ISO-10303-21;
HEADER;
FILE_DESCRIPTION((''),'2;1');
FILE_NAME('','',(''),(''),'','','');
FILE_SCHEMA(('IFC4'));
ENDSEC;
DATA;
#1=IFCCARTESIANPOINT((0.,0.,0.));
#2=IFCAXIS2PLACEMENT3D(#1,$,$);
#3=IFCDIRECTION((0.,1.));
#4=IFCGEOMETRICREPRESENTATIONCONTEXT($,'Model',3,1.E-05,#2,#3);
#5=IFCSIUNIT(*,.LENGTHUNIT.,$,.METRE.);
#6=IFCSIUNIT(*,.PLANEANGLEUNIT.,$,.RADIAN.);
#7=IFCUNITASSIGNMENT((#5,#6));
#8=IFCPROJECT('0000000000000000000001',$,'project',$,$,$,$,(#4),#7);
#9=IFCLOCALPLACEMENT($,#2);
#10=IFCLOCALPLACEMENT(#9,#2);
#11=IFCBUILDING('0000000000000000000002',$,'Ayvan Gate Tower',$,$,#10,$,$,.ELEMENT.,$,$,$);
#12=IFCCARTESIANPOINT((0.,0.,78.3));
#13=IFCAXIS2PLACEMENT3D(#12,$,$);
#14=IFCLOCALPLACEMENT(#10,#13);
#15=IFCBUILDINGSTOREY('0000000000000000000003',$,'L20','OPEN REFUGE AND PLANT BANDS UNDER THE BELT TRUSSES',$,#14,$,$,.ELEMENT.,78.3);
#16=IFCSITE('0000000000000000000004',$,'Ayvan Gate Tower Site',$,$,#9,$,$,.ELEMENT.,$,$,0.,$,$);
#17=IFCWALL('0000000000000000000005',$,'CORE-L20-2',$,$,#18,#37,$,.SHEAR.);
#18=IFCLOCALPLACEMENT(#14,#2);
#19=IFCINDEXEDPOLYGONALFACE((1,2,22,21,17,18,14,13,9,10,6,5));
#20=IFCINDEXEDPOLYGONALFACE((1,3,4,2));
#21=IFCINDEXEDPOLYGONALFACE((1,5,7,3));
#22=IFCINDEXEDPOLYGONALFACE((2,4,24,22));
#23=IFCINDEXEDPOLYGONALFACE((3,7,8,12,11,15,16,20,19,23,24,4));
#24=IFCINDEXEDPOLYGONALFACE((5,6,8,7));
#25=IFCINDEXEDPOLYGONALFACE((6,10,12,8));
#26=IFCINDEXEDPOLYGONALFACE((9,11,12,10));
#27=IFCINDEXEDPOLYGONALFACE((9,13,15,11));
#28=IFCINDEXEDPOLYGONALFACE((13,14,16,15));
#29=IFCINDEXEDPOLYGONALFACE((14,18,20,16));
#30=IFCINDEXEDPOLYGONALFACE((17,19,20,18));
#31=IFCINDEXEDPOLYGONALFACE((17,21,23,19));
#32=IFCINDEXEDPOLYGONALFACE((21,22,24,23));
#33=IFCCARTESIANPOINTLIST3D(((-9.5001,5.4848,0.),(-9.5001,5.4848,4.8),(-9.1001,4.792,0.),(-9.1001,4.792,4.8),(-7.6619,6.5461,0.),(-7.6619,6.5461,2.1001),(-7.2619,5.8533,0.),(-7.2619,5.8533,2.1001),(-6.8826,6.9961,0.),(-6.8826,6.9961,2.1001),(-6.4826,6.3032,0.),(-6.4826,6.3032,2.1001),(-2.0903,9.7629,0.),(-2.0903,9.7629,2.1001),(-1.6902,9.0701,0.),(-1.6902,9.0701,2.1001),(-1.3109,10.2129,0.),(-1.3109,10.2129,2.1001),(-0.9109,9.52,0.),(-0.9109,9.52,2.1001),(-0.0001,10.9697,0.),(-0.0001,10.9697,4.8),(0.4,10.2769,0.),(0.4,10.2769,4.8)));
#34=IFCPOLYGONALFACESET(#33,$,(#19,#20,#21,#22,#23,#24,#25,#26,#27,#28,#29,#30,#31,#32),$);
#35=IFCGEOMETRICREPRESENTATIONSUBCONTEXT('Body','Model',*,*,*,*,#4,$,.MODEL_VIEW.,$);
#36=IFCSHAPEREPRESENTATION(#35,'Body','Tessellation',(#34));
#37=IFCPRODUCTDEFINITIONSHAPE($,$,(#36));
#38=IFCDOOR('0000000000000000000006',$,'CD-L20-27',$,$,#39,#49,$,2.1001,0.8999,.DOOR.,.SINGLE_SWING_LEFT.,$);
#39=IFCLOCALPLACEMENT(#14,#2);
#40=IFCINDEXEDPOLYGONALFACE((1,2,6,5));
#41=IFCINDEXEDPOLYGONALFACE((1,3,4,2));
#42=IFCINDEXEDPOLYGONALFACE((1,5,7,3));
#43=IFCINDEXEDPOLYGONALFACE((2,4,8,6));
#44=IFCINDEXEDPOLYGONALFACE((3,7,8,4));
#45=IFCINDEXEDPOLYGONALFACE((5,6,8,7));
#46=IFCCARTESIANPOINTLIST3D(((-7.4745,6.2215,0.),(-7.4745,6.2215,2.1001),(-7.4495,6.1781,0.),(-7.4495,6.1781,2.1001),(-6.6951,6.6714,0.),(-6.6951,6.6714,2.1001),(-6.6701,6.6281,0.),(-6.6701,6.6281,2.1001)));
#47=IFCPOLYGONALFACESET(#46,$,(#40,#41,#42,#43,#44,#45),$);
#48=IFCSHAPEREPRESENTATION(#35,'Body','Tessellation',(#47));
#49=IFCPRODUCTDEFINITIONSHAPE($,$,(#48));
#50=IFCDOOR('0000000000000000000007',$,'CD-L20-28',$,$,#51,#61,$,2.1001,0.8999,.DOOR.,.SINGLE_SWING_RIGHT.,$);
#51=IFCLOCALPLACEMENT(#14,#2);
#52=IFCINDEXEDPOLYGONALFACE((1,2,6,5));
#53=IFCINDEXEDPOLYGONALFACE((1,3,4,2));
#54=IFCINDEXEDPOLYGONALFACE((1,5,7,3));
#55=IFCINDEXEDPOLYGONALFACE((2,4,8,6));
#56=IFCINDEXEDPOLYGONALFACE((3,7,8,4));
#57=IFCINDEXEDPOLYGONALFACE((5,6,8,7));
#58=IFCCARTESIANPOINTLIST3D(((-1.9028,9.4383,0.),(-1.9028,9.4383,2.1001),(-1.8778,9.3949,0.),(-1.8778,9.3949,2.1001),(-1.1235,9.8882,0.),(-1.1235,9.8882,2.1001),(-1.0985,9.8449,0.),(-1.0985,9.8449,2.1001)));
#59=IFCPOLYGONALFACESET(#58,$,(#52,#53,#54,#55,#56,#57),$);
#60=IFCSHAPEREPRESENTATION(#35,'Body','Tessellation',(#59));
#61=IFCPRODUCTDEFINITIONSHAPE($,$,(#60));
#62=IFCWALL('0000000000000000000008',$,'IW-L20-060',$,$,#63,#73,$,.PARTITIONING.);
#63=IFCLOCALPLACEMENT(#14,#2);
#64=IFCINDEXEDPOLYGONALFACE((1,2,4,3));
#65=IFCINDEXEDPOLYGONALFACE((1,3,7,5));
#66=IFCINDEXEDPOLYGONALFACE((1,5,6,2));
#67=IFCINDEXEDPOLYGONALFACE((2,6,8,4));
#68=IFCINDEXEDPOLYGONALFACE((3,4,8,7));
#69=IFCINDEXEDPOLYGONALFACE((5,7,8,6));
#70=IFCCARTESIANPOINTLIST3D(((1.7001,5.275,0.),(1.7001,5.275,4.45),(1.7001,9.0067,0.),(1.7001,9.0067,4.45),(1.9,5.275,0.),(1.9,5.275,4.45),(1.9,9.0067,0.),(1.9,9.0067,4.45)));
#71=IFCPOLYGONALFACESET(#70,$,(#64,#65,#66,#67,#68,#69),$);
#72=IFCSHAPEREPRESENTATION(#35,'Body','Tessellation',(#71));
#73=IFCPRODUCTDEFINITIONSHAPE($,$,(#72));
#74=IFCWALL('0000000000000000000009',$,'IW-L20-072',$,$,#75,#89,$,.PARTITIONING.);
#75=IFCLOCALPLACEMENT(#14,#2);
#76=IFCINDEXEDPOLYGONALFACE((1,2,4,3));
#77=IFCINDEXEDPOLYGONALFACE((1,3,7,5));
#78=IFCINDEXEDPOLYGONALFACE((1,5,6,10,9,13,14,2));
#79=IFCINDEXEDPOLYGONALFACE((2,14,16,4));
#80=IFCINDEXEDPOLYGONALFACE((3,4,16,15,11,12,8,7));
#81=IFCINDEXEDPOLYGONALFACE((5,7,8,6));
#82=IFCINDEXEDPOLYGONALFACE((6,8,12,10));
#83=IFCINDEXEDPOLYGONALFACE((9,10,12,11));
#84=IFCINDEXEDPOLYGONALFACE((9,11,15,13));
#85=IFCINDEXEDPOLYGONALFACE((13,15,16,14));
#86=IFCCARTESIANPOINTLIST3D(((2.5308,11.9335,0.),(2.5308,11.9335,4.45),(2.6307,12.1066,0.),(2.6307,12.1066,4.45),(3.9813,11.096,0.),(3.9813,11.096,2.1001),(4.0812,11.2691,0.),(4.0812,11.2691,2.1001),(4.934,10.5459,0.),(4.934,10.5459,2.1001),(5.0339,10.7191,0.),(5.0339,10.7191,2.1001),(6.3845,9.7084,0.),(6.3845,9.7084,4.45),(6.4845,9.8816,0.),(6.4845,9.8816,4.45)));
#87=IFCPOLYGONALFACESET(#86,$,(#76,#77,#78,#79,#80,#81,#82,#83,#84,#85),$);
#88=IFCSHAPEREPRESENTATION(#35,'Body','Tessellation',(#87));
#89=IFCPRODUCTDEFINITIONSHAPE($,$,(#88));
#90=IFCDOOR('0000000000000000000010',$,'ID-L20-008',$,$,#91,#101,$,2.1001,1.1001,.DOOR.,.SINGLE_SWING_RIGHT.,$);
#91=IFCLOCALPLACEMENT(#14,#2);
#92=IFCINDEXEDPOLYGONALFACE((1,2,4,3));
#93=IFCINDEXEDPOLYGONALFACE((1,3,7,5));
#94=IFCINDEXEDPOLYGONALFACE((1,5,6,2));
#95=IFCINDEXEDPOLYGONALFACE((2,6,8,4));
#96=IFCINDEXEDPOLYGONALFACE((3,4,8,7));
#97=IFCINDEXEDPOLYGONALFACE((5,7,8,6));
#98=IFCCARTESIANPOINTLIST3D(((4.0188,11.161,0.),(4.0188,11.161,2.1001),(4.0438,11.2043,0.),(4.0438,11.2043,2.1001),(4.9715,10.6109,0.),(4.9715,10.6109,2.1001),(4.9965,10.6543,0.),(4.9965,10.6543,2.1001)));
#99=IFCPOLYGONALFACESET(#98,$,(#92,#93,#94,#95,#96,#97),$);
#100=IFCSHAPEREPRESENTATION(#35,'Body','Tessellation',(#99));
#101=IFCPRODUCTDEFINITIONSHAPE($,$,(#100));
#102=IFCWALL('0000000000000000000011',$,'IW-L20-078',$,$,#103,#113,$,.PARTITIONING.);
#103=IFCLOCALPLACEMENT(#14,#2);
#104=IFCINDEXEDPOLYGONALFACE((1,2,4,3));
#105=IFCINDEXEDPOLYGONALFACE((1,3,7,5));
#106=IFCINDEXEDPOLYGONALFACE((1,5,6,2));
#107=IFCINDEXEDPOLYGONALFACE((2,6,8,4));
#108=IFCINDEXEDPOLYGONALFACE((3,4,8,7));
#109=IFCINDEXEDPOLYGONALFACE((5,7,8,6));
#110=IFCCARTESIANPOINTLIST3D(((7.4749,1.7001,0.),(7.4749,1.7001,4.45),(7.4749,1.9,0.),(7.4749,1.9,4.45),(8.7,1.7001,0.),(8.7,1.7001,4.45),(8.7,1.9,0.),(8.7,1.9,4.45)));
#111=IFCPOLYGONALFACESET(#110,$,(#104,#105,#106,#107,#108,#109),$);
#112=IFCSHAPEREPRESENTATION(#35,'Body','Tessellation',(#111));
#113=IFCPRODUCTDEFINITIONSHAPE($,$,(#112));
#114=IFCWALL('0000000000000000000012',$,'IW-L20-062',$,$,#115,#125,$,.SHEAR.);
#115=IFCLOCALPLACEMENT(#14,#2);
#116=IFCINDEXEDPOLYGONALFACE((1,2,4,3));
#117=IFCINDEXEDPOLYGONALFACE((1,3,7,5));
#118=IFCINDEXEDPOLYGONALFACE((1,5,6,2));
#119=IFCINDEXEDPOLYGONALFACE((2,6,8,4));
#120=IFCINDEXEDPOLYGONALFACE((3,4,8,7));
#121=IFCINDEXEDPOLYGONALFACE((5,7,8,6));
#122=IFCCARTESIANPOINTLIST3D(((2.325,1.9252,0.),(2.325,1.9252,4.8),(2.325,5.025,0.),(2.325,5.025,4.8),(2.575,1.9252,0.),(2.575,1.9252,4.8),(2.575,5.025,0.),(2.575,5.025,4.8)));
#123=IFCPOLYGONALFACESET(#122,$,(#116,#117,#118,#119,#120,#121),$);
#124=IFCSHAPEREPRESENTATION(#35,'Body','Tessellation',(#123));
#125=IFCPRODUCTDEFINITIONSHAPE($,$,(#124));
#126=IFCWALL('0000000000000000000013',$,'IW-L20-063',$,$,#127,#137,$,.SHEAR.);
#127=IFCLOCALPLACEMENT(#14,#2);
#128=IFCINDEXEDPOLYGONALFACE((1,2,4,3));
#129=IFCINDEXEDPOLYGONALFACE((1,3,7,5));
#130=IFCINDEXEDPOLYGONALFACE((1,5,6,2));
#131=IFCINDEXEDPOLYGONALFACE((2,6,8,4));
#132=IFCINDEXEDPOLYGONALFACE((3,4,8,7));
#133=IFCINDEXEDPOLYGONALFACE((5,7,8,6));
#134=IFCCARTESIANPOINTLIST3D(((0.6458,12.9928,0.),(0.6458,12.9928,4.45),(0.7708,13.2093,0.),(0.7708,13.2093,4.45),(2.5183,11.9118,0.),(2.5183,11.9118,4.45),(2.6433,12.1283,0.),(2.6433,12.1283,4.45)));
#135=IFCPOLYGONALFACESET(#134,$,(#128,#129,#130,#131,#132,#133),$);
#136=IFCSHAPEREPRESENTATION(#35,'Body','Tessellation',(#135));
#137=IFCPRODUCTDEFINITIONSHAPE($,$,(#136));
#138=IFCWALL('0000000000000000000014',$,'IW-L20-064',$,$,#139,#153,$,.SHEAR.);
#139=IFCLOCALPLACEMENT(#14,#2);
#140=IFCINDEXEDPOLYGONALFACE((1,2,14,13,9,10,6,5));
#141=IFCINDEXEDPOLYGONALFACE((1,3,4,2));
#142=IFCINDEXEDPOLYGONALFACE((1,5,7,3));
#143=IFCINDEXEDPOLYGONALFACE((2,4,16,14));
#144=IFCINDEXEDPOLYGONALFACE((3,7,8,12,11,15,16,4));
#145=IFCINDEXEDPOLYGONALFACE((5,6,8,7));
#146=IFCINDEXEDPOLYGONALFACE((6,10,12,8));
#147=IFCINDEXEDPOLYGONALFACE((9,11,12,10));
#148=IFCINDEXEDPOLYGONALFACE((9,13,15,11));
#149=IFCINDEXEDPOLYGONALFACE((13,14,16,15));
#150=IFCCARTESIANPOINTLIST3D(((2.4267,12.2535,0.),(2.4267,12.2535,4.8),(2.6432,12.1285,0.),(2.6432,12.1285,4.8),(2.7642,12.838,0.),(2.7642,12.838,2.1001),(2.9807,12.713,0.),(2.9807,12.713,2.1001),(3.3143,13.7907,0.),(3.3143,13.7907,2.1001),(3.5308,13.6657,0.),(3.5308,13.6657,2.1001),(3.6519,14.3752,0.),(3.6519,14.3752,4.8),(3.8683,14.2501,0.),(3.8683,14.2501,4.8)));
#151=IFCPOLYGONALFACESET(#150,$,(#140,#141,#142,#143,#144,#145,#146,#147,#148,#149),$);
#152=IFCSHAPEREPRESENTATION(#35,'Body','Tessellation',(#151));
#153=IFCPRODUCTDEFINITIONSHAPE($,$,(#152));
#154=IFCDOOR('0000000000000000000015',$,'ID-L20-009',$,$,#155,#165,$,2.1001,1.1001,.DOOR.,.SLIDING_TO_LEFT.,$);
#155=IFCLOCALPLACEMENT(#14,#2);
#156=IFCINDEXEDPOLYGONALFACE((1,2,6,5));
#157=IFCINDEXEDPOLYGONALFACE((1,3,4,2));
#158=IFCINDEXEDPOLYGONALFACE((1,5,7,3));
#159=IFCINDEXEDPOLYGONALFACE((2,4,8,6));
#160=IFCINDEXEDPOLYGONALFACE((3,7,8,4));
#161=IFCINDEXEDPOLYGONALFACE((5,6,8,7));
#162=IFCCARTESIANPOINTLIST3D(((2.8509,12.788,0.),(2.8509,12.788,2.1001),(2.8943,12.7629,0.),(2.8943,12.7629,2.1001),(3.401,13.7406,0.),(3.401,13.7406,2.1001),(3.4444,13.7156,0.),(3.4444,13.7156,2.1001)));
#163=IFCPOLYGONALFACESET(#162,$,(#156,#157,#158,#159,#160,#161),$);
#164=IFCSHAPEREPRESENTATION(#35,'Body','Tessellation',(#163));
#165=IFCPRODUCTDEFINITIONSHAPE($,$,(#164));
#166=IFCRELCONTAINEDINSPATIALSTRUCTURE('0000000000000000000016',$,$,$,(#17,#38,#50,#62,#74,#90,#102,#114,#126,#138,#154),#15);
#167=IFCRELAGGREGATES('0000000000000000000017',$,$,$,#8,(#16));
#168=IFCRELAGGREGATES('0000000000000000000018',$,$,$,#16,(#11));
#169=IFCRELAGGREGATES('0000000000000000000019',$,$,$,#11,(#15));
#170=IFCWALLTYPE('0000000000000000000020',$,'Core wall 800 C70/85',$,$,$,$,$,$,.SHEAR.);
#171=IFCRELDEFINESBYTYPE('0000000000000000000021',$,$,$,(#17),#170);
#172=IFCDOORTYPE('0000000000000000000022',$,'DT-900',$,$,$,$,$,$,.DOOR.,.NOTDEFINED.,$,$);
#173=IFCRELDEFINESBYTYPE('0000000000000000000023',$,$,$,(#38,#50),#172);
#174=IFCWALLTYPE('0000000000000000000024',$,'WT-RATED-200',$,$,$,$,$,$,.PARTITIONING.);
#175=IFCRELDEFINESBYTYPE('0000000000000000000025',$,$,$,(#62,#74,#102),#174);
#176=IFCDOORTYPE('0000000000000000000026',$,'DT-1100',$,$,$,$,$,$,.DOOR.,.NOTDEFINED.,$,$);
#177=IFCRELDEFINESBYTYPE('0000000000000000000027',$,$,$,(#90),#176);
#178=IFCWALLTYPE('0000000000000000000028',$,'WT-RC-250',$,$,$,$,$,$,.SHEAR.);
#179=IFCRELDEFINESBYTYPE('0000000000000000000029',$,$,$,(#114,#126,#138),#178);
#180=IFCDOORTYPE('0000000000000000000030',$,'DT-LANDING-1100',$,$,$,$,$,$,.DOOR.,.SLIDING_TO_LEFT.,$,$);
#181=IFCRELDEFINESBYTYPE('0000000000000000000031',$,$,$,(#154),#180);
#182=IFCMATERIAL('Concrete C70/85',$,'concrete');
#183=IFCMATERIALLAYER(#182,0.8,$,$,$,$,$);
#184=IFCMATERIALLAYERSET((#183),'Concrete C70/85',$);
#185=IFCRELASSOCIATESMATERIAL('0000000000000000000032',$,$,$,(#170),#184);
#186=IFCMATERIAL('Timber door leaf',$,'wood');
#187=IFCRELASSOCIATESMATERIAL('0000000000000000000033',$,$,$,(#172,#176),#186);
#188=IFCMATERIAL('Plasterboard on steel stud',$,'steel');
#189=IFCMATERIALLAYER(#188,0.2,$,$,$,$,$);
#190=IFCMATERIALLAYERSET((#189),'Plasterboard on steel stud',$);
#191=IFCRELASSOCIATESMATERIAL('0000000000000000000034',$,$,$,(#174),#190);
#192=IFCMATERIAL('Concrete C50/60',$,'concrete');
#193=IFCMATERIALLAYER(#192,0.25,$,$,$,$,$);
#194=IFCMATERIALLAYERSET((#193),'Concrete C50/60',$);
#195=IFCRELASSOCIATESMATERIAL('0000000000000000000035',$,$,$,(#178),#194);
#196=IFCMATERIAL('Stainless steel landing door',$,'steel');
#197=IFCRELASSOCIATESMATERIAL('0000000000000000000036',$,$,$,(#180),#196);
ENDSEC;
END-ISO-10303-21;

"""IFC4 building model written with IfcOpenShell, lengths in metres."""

from ifc_helpers import new_model, si_unit, direction, frame, frame_2d, origin, place, context, subcontext, project, spatial, rectangle, extrude, material, layer, layer_set, type_object, element, fill, save


model = new_model("IFC4")

# Units and contexts
model_context = context("Model", 3, precision=1e-05, world=origin(), true_north=direction((0.0, 1.0)))
body_context = subcontext(model_context, "Body", "Model", "MODEL_VIEW")
ifc_project = project(units=[si_unit("LENGTHUNIT", "METRE"), si_unit("PLANEANGLEUNIT", "RADIAN")], contexts=[model_context])

# Site, building, storey
site_placement = place(None, origin())
site = spatial("IfcSite", under=ifc_project, at=site_placement, Name="Ayvan Gate Tower Site", CompositionType="ELEMENT", RefElevation=0.0)
building_placement = place(site_placement, origin())
building = spatial("IfcBuilding", under=site, at=building_placement, Name="Ayvan Gate Tower", CompositionType="ELEMENT")
storey_placement = place(building_placement, frame((0.0, 0.0, 78.3)))
storey = spatial("IfcBuildingStorey", under=building, at=storey_placement, Name="L20", Description="OPEN REFUGE AND PLANT BANDS UNDER THE BELT TRUSSES", CompositionType="ELEMENT", Elevation=78.3)

# Wall, openings, doors
ifc_material_1 = material(Name="Concrete C70/85", Category="concrete")
ifc_layer_1 = layer(ifc_material_1, 0.8)
ifc_layer_set_1 = layer_set([ifc_layer_1], Name="Concrete C70/85")
wall_type_1 = type_object("IfcWallType", Name="Core wall 800 C70/85", PredefinedType="SHEAR", material=ifc_layer_set_1)
wall_1_placement = place(storey_placement, frame((0.2, 10.6233, 0.0), z_axis=(0.0, 0.0, 1.0), x_axis=(-0.866024, -0.500002, 0.0)))
wall_1 = element("IfcWall", 1, at=wall_1_placement, inside=storey, type_object=wall_type_1, Name="CORE-L20-2", PredefinedType="SHEAR", context=body_context, shape_type="SweptSolid", body=[
    extrude(rectangle(XDim=10.9697, YDim=0.8, at=frame_2d((5.4849, 0.0))), origin(), (0.0, 0.0, 1.0), 4.8),
])
opening_1_placement = place(wall_1_placement, frame((7.9473, 0.0, 0.0)))
opening_1 = element("IfcOpeningElement", 2, at=opening_1_placement, cuts=wall_1, PredefinedType="OPENING", context=body_context, shape_type="SweptSolid", body=[
    extrude(rectangle(XDim=0.8999, YDim=2.1001, at=frame_2d((0.45, 1.05))), frame((0.0, 0.4099, 0.0), z_axis=(0.0, -1.0, 0.0), x_axis=(1.0, 0.0, 0.0)), (0.0, 0.0, 1.0), 0.8201),
])
opening_2_placement = place(wall_1_placement, frame((1.5137, 0.0, 0.0)))
opening_2 = element("IfcOpeningElement", 3, at=opening_2_placement, cuts=wall_1, PredefinedType="OPENING", context=body_context, shape_type="SweptSolid", body=[
    extrude(rectangle(XDim=0.8999, YDim=2.1001, at=frame_2d((0.45, 1.05))), frame((0.0, 0.4099, 0.0), z_axis=(0.0, -1.0, 0.0), x_axis=(1.0, 0.0, 0.0)), (0.0, 0.0, 1.0), 0.8201),
])
ifc_material_2 = material(Name="Timber door leaf", Category="wood")
door_type_1 = type_object("IfcDoorType", Name="DT-900", OperationType="NOTDEFINED", PredefinedType="DOOR", material=ifc_material_2)
door_1_placement = place(opening_1_placement, origin())
door_1 = element("IfcDoor", 4, at=door_1_placement, inside=storey, type_object=door_type_1, Name="CD-L20-27", OperationType="SINGLE_SWING_LEFT", OverallHeight=2.1001, OverallWidth=0.8999, PredefinedType="DOOR", context=body_context, shape_type="SweptSolid", body=[
    extrude(rectangle(XDim=0.8999, YDim=2.1001, at=frame_2d((0.45, 1.05))), frame((0.0, 0.0249, 0.0), z_axis=(0.0, -1.0, 0.0), x_axis=(1.0, 0.0, 0.0)), (0.0, 0.0, 1.0), 0.05),
])
fill(opening_1, door_1)
door_2_placement = place(opening_2_placement, origin())
door_2 = element("IfcDoor", 5, at=door_2_placement, inside=storey, type_object=door_type_1, Name="CD-L20-28", OperationType="SINGLE_SWING_RIGHT", OverallHeight=2.1001, OverallWidth=0.8999, PredefinedType="DOOR", context=body_context, shape_type="SweptSolid", body=[
    extrude(rectangle(XDim=0.8999, YDim=2.1001, at=frame_2d((0.45, 1.05))), frame((0.0, 0.0249, 0.0), z_axis=(0.0, -1.0, 0.0), x_axis=(1.0, 0.0, 0.0)), (0.0, 0.0, 1.0), 0.05),
])
fill(opening_2, door_2)

# Wall
ifc_material_3 = material(Name="Plasterboard on steel stud", Category="steel")
ifc_layer_2 = layer(ifc_material_3, 0.2)
ifc_layer_set_2 = layer_set([ifc_layer_2], Name="Plasterboard on steel stud")
wall_type_2 = type_object("IfcWallType", Name="WT-RATED-200", PredefinedType="PARTITIONING", material=ifc_layer_set_2)
wall_2_placement = place(storey_placement, frame((1.8, 9.0066, 0.0), z_axis=(0.0, 0.0, 1.0), x_axis=(0.0, -1.0, 0.0)))
element("IfcWall", 6, at=wall_2_placement, inside=storey, type_object=wall_type_2, Name="IW-L20-060", PredefinedType="PARTITIONING", context=body_context, shape_type="SweptSolid", body=[
    extrude(rectangle(XDim=3.7317, YDim=0.2, at=frame_2d((1.8657, 0.0))), origin(), (0.0, 0.0, 1.0), 4.45),
])

# Wall, opening, door
wall_3_placement = place(storey_placement, frame((6.4346, 9.7949, 0.0), z_axis=(0.0, 0.0, 1.0), x_axis=(-0.866013, 0.500022, 0.0)))
wall_3 = element("IfcWall", 7, at=wall_3_placement, inside=storey, type_object=wall_type_2, Name="IW-L20-072", PredefinedType="PARTITIONING", context=body_context, shape_type="SweptSolid", body=[
    extrude(rectangle(XDim=4.45, YDim=0.2, at=frame_2d((2.2251, 0.0))), origin(), (0.0, 0.0, 1.0), 4.45),
])
opening_3_placement = place(wall_3_placement, frame((1.675, 0.0, 0.0)))
opening_3 = element("IfcOpeningElement", 8, at=opening_3_placement, cuts=wall_3, PredefinedType="OPENING", context=body_context, shape_type="SweptSolid", body=[
    extrude(rectangle(XDim=1.1001, YDim=2.1001, at=frame_2d((0.55, 1.05))), frame((0.0, 0.1099, 0.0), z_axis=(0.0, -1.0, 0.0), x_axis=(1.0, 0.0, 0.0)), (0.0, 0.0, 1.0), 0.22),
])
door_type_2 = type_object("IfcDoorType", Name="DT-1100", OperationType="NOTDEFINED", PredefinedType="DOOR", material=ifc_material_2)
door_3_placement = place(opening_3_placement, origin())
door_3 = element("IfcDoor", 9, at=door_3_placement, inside=storey, type_object=door_type_2, Name="ID-L20-008", OperationType="SINGLE_SWING_RIGHT", OverallHeight=2.1001, OverallWidth=1.1001, PredefinedType="DOOR", context=body_context, shape_type="SweptSolid", body=[
    extrude(rectangle(XDim=1.1001, YDim=2.1001, at=frame_2d((0.55, 1.05))), frame((0.0, 0.0249, 0.0), z_axis=(0.0, -1.0, 0.0), x_axis=(1.0, 0.0, 0.0)), (0.0, 0.0, 1.0), 0.05),
])
fill(opening_3, door_3)

# Walls
wall_4_placement = place(storey_placement, frame((7.4749, 1.8, 0.0), z_axis=(0.0, 0.0, 1.0), x_axis=(1.0, 0.0, 0.0)))
element("IfcWall", 10, at=wall_4_placement, inside=storey, type_object=wall_type_2, Name="IW-L20-078", PredefinedType="PARTITIONING", context=body_context, shape_type="SweptSolid", body=[
    extrude(rectangle(XDim=1.2251, YDim=0.2, at=frame_2d((0.6125, 0.0))), origin(), (0.0, 0.0, 1.0), 4.45),
])
ifc_material_4 = material(Name="Concrete C50/60", Category="concrete")
ifc_layer_3 = layer(ifc_material_4, 0.25)
ifc_layer_set_3 = layer_set([ifc_layer_3], Name="Concrete C50/60")
wall_type_3 = type_object("IfcWallType", Name="WT-RC-250", PredefinedType="SHEAR", material=ifc_layer_set_3)
wall_5_placement = place(storey_placement, frame((2.45, 5.0249, 0.0), z_axis=(0.0, 0.0, 1.0), x_axis=(0.0, -1.0, 0.0)))
element("IfcWall", 11, at=wall_5_placement, inside=storey, type_object=wall_type_3, Name="IW-L20-062", PredefinedType="SHEAR", context=body_context, shape_type="SweptSolid", body=[
    extrude(rectangle(XDim=3.0999, YDim=0.25, at=frame_2d((1.5498, 0.0))), origin(), (0.0, 0.0, 1.0), 4.8),
])
wall_6_placement = place(storey_placement, frame((2.5808, 12.02, 0.0), z_axis=(0.0, 0.0, 1.0), x_axis=(-0.866039, 0.499977, 0.0)))
element("IfcWall", 12, at=wall_6_placement, inside=storey, type_object=wall_type_3, Name="IW-L20-063", PredefinedType="SHEAR", context=body_context, shape_type="SweptSolid", body=[
    extrude(rectangle(XDim=2.1621, YDim=0.25, at=frame_2d((1.0811, 0.0))), origin(), (0.0, 0.0, 1.0), 4.45),
])

# Wall, opening, door
wall_7_placement = place(storey_placement, frame((2.5349, 12.1909, 0.0), z_axis=(0.0, 0.0, 1.0), x_axis=(0.500062, 0.86599, 0.0)))
wall_7 = element("IfcWall", 13, at=wall_7_placement, inside=storey, type_object=wall_type_3, Name="IW-L20-064", PredefinedType="SHEAR", context=body_context, shape_type="SweptSolid", body=[
    extrude(rectangle(XDim=2.45, YDim=0.25, at=frame_2d((1.2251, 0.0))), origin(), (0.0, 0.0, 1.0), 4.8),
])
opening_4_placement = place(wall_7_placement, frame((0.675, 0.0, 0.0)))
opening_4 = element("IfcOpeningElement", 14, at=opening_4_placement, cuts=wall_7, PredefinedType="OPENING", context=body_context, shape_type="SweptSolid", body=[
    extrude(rectangle(XDim=1.1001, YDim=2.1001, at=frame_2d((0.55, 1.05))), frame((0.0, 0.135, 0.0), z_axis=(0.0, -1.0, 0.0), x_axis=(1.0, 0.0, 0.0)), (0.0, 0.0, 1.0), 0.27),
])
ifc_material_5 = material(Name="Stainless steel landing door", Category="steel")
door_type_3 = type_object("IfcDoorType", Name="DT-LANDING-1100", OperationType="SLIDING_TO_LEFT", PredefinedType="DOOR", material=ifc_material_5)
door_4_placement = place(opening_4_placement, origin())
door_4 = element("IfcDoor", 15, at=door_4_placement, inside=storey, type_object=door_type_3, Name="ID-L20-009", OperationType="SLIDING_TO_LEFT", OverallHeight=2.1001, OverallWidth=1.1001, PredefinedType="DOOR", context=body_context, shape_type="SweptSolid", body=[
    extrude(rectangle(XDim=1.1001, YDim=2.1001, at=frame_2d((0.55, 1.05))), frame((0.0, 0.0249, 0.0), z_axis=(0.0, -1.0, 0.0), x_axis=(1.0, 0.0, 0.0)), (0.0, 0.0, 1.0), 0.05),
])
fill(opening_4, door_4)

save(model, "model.ifc")
